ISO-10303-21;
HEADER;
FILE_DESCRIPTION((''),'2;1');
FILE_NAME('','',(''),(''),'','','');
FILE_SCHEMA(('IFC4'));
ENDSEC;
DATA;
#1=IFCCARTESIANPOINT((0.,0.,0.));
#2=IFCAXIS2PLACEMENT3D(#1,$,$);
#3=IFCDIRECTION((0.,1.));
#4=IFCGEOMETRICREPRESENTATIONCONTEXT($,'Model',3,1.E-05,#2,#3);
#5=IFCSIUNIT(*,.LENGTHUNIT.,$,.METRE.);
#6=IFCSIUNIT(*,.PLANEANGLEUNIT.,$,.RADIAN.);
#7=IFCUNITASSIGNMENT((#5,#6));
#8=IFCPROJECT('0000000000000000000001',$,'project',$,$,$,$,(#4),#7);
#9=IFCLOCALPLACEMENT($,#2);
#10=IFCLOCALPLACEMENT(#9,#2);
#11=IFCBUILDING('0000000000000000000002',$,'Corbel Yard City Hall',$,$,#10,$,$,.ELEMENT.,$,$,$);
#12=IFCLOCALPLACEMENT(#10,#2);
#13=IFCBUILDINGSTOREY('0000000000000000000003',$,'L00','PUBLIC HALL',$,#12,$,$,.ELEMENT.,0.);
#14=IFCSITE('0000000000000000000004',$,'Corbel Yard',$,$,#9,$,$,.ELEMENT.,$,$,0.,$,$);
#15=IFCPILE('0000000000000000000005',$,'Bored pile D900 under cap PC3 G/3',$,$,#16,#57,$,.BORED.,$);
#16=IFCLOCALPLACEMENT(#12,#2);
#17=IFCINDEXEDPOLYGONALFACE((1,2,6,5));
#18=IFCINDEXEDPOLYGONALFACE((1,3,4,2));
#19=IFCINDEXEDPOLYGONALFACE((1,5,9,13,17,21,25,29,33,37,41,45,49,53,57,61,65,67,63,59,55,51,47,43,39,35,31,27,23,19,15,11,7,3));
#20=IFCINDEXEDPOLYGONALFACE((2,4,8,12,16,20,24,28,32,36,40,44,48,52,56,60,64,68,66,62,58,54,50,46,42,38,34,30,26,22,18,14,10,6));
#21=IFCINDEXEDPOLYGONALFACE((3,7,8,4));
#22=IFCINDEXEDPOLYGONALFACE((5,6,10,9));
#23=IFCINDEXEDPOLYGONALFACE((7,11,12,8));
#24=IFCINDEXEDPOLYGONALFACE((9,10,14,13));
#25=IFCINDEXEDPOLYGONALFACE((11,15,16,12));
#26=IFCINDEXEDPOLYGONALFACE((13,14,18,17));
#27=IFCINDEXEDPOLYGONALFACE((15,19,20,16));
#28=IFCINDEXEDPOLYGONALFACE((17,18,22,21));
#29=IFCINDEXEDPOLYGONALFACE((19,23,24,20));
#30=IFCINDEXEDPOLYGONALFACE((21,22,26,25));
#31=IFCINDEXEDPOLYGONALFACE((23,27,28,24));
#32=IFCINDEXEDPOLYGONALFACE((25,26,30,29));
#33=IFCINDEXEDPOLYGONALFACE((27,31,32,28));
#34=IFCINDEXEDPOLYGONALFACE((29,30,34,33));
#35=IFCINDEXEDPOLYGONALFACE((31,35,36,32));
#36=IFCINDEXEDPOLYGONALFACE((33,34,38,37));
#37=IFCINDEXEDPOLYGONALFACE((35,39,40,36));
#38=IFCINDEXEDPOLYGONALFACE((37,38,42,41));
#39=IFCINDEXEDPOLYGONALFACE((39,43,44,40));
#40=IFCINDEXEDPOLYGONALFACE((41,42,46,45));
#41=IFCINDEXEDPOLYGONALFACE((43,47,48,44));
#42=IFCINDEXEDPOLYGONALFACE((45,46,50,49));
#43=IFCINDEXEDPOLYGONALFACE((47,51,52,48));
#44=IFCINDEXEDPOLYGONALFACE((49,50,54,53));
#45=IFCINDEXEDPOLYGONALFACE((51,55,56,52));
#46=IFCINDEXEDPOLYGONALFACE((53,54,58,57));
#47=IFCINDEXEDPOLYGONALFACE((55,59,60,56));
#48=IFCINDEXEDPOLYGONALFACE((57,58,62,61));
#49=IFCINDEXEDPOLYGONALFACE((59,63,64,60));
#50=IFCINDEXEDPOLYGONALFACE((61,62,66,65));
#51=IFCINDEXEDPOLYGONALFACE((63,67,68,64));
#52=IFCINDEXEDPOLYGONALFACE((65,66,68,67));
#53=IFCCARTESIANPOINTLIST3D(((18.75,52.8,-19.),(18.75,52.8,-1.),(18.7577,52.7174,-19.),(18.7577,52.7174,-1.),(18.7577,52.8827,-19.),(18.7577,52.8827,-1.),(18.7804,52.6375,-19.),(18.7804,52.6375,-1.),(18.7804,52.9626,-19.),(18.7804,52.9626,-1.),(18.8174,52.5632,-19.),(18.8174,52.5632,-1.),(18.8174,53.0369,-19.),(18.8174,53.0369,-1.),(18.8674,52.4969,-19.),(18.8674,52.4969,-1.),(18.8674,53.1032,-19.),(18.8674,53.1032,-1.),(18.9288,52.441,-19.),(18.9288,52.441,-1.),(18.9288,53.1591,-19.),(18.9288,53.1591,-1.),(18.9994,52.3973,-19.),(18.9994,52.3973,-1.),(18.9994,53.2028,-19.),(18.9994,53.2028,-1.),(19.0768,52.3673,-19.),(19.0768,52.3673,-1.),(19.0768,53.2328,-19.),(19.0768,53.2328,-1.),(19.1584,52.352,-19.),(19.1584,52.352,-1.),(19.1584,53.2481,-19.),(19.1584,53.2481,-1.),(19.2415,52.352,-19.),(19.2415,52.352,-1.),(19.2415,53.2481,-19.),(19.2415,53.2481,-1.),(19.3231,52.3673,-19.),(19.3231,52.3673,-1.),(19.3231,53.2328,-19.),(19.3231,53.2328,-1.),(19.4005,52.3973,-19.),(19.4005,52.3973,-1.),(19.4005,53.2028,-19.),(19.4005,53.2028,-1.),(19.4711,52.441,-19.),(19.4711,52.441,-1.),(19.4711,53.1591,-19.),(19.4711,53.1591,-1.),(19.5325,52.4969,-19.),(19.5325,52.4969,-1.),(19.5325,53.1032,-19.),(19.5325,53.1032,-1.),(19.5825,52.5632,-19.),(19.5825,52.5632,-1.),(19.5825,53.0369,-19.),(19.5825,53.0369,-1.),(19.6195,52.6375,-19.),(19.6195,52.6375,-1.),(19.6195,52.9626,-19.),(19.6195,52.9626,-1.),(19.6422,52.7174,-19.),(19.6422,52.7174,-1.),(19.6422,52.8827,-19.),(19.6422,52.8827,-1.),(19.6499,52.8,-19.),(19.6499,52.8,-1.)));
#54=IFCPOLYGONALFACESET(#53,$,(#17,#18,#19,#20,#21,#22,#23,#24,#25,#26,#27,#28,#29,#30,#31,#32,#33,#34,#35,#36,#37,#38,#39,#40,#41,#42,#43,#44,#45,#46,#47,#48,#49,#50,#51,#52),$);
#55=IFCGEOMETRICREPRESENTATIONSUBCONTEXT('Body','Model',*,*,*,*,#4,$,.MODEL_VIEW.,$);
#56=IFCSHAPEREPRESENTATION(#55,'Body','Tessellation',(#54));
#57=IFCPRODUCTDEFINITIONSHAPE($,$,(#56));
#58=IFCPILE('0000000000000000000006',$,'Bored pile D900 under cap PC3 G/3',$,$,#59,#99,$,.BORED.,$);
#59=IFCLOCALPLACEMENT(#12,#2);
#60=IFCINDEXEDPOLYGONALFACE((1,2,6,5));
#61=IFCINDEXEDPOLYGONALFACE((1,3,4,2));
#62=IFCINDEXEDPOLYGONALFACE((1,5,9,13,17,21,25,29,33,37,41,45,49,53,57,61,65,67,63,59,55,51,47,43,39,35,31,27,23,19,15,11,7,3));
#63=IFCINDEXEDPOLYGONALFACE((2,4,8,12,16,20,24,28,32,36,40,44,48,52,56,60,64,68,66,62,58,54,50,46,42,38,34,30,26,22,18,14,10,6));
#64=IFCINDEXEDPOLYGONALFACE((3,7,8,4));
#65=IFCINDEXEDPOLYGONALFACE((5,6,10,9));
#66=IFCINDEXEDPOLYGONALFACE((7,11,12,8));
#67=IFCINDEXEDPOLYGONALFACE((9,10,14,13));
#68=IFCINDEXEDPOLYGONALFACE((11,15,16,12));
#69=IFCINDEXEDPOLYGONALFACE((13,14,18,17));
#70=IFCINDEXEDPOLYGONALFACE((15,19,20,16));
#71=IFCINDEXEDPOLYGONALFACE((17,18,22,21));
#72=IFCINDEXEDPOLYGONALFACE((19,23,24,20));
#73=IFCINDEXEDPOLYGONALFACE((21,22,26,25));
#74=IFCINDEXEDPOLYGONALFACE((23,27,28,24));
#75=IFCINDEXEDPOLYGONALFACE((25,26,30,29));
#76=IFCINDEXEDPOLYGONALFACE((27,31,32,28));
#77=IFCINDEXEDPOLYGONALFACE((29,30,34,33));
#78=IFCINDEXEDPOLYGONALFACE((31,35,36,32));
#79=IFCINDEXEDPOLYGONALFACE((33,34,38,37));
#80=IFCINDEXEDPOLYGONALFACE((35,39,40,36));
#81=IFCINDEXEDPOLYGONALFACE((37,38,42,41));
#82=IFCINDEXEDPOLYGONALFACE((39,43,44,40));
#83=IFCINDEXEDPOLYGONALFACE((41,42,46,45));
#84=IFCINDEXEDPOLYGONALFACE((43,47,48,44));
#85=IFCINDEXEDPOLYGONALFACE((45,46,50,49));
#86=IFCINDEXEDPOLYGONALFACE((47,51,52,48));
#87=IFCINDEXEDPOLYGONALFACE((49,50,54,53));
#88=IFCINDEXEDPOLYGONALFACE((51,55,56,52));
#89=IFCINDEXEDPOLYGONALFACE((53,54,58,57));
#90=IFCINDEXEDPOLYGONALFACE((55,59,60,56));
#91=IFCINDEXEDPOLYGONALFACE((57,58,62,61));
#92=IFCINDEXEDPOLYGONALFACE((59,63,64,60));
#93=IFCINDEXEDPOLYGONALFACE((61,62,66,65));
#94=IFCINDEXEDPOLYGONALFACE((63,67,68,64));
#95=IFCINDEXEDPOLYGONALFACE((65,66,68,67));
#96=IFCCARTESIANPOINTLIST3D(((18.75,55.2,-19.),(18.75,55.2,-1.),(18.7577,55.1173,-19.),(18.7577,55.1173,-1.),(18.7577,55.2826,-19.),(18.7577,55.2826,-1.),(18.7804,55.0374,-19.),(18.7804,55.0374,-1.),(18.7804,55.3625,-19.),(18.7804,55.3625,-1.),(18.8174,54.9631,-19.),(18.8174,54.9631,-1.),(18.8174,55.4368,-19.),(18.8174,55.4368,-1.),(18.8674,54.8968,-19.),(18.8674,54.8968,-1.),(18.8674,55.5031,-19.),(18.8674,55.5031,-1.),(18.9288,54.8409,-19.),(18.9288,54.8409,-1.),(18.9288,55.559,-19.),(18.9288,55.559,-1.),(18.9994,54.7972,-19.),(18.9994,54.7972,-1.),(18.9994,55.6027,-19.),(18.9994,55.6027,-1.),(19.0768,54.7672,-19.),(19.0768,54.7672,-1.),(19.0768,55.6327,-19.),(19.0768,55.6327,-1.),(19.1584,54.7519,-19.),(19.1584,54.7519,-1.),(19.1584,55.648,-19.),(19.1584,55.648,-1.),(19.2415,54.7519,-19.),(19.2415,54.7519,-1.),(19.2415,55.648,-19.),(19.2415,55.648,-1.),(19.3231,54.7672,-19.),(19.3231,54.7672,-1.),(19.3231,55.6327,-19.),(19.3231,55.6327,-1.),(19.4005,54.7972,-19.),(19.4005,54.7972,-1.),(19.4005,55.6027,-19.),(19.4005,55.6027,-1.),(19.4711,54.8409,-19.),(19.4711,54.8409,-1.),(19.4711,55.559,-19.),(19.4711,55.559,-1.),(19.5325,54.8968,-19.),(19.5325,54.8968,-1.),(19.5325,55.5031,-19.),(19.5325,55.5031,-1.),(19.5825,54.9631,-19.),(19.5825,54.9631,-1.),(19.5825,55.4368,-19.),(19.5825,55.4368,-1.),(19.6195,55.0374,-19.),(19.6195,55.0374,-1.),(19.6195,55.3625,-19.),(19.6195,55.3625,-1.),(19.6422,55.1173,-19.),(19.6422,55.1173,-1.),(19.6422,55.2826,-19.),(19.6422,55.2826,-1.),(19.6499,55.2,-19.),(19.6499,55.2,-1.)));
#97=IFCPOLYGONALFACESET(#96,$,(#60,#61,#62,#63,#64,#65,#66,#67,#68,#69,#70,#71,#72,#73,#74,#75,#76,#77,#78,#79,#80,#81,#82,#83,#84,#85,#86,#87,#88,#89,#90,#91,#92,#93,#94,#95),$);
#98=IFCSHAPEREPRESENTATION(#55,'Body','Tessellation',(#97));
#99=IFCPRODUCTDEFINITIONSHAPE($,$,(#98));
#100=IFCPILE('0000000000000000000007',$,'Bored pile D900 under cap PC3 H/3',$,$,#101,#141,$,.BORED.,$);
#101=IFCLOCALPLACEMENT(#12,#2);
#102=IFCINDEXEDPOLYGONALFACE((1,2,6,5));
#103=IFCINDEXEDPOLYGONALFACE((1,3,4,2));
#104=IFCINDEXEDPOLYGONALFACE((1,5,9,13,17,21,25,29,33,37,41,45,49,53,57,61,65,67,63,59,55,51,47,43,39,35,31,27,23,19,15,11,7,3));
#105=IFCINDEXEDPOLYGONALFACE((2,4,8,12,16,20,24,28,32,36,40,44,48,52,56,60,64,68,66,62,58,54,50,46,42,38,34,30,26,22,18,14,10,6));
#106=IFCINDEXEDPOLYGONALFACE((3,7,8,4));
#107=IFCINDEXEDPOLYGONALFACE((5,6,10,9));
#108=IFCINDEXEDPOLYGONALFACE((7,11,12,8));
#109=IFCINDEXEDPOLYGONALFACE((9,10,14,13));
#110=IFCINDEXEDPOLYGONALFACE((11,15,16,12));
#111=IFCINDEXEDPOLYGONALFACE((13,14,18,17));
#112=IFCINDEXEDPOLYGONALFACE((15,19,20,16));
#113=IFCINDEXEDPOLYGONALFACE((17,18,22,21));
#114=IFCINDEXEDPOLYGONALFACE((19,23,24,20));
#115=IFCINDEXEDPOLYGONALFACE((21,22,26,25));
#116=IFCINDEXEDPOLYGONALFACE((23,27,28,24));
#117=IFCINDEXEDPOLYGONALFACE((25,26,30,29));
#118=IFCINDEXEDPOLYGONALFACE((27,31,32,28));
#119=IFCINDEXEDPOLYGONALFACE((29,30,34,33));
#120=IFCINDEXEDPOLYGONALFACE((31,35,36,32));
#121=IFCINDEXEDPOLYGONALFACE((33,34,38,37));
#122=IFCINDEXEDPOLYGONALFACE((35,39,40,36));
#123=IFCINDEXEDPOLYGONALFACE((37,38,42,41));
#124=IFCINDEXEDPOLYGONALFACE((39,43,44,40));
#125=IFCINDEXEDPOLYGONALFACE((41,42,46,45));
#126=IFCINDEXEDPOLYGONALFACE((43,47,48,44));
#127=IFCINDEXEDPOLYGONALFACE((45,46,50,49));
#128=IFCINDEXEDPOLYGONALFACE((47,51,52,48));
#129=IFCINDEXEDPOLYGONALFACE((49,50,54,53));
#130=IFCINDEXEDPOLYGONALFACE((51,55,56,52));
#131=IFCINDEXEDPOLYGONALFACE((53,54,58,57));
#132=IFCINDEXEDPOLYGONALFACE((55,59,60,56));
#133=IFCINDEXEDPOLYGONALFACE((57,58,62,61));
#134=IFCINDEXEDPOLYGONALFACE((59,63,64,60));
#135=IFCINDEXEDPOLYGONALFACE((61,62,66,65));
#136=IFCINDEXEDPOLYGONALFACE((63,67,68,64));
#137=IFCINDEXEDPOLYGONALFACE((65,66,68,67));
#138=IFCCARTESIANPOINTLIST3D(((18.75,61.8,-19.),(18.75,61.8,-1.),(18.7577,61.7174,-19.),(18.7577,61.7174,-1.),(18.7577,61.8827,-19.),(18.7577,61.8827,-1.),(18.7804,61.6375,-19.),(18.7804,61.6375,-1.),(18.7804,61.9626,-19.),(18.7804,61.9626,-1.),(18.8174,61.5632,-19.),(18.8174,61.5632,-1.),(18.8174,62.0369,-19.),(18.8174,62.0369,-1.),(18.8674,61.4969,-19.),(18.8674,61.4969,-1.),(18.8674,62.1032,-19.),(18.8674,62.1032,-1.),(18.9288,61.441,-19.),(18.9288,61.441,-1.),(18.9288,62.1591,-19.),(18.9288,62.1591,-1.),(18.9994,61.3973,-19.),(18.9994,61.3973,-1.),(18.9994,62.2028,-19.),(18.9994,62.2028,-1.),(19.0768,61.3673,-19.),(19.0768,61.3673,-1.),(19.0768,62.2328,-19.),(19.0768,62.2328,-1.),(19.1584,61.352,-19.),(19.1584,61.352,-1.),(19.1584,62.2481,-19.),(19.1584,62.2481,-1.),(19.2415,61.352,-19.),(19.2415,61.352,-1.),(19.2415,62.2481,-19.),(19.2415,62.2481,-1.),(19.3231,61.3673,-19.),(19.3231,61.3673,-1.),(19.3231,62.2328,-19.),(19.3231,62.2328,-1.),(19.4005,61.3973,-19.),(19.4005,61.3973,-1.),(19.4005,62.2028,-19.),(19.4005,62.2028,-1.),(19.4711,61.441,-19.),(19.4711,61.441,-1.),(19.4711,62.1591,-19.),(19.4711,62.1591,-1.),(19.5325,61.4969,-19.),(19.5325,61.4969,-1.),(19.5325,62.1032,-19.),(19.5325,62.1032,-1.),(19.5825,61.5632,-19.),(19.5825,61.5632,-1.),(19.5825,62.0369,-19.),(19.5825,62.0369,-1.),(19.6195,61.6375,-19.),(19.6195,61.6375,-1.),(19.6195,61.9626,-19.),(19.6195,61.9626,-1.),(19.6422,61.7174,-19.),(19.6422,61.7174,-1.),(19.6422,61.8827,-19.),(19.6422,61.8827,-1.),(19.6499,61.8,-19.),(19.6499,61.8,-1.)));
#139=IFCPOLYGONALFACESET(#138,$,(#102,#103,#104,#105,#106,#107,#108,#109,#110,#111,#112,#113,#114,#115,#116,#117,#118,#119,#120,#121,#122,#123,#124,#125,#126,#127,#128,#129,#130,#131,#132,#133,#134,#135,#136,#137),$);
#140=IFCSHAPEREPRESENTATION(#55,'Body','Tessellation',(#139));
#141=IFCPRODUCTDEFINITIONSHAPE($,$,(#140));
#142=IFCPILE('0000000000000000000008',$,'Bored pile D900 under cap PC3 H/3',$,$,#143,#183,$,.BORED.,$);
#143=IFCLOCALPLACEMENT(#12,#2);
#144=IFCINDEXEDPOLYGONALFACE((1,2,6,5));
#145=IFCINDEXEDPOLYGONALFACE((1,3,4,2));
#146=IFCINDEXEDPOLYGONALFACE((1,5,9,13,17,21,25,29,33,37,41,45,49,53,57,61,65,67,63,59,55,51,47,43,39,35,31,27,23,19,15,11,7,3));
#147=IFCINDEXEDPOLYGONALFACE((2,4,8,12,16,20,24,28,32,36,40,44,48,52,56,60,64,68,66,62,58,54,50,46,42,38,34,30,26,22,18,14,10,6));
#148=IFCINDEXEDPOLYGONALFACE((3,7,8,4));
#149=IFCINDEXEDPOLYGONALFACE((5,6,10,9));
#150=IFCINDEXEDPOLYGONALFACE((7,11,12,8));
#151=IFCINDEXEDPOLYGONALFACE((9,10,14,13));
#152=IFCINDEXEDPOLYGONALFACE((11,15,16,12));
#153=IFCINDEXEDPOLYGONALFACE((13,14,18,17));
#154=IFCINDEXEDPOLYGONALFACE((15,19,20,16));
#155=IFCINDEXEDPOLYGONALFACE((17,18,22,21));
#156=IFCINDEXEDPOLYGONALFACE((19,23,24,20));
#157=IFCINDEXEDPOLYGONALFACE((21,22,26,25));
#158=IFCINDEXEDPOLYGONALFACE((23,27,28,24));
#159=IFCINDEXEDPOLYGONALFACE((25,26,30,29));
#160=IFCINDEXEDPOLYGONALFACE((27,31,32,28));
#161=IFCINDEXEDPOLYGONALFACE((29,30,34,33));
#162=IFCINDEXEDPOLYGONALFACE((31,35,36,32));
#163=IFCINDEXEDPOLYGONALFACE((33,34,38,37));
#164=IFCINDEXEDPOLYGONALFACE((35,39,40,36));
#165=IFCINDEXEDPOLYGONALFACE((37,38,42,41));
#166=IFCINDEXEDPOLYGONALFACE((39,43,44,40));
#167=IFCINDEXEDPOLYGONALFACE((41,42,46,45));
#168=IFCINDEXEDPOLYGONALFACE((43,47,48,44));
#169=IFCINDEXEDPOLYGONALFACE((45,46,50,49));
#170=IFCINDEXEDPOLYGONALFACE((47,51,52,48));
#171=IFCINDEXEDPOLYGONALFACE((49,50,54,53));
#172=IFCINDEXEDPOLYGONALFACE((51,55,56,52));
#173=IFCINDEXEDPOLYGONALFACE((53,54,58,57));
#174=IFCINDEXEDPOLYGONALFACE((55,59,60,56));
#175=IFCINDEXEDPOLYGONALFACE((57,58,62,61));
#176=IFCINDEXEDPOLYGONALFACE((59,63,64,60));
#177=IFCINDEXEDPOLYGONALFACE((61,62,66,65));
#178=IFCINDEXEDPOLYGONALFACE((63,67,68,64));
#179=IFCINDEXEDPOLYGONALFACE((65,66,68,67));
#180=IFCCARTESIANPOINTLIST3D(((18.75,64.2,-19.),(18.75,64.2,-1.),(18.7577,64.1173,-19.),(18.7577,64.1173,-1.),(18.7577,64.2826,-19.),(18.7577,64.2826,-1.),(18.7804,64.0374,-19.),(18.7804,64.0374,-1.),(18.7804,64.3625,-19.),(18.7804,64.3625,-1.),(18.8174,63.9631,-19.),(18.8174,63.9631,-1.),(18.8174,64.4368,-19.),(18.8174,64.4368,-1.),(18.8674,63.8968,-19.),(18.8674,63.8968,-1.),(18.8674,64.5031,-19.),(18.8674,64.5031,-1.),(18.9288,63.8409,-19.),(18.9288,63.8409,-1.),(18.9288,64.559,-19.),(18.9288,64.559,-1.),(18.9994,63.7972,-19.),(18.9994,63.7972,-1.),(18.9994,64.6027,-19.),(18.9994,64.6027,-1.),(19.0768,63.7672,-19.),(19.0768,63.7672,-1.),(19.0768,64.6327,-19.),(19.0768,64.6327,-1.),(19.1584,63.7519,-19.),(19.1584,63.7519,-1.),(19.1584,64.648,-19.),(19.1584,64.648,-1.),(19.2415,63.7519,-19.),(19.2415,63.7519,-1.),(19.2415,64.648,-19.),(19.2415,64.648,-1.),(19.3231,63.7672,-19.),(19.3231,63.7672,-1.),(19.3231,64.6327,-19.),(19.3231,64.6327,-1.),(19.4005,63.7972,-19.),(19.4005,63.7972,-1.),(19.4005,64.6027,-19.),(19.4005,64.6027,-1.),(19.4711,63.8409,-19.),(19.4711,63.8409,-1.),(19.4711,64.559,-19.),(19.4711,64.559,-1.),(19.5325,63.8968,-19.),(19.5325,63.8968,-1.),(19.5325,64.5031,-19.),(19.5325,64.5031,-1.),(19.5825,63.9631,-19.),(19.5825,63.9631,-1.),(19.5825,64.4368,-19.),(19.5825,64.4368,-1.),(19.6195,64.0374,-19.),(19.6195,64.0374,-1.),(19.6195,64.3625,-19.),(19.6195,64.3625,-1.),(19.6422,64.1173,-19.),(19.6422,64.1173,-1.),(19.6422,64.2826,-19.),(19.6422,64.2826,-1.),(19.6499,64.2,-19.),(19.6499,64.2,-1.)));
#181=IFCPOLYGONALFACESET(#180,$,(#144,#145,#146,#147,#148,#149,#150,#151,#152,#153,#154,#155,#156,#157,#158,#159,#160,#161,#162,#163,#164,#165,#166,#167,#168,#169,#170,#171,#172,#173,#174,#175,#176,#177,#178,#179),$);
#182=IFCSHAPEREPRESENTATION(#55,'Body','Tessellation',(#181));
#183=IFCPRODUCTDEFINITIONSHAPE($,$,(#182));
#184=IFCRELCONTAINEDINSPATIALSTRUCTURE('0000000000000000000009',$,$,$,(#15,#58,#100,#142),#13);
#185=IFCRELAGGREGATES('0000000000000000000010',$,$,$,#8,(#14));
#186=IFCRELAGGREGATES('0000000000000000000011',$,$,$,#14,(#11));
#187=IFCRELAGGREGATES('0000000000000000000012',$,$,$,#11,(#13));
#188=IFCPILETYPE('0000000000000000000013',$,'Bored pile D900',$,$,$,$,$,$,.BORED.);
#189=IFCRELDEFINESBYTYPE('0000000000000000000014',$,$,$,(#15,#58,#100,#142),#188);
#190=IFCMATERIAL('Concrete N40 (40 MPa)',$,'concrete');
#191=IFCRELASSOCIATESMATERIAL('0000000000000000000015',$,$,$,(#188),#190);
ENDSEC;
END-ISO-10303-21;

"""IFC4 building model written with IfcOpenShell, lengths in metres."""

from ifc_helpers import new_model, si_unit, direction, frame, origin, origin_2d, place, context, subcontext, project, spatial, circle, extrude, material, material_profile, profile_set, type_object, element, save


model = new_model("IFC4")

# Units and contexts
model_context = context("Model", 3, precision=1e-05, world=origin(), true_north=direction((0.0, 1.0)))
body_context = subcontext(model_context, "Body", "Model", "MODEL_VIEW")
ifc_project = project(units=[si_unit("LENGTHUNIT", "METRE"), si_unit("PLANEANGLEUNIT", "RADIAN")], contexts=[model_context])

# Site, building, storey
site_placement = place(None, origin())
site = spatial("IfcSite", under=ifc_project, at=site_placement, Name="Corbel Yard", CompositionType="ELEMENT", RefElevation=0.0)
building_placement = place(site_placement, origin())
building = spatial("IfcBuilding", under=site, at=building_placement, Name="Corbel Yard City Hall", CompositionType="ELEMENT")
storey_placement = place(building_placement, origin())
storey = spatial("IfcBuildingStorey", under=building, at=storey_placement, Name="L00", Description="PUBLIC HALL", CompositionType="ELEMENT", Elevation=0.0)

# Piles
ifc_material_1 = material(Name="Concrete N40 (40 MPa)", Category="concrete")
ifc_material_profile_1 = material_profile(ifc_material_1, circle(Radius=0.45, at=origin_2d()), Name="D900")
ifc_profile_set_1 = profile_set([ifc_material_profile_1], Name="Concrete N40 (40 MPa)")
pile_type = type_object("IfcPileType", Name="Bored pile D900", PredefinedType="BORED", material=ifc_profile_set_1)
for number, where, z_axis, x_axis, name in (
    (1, (19.2, 52.8, -1.0), (0.0, 0.0, -1.0), (1.0, 0.0, 0.0), "Bored pile D900 under cap PC3 G/3"),
    (2, (19.2, 55.2, -1.0), (0.0, 0.0, -1.0), (1.0, 0.0, 0.0), "Bored pile D900 under cap PC3 G/3"),
    (3, (19.2, 61.8, -1.0), (0.0, 0.0, -1.0), (1.0, 0.0, 0.0), "Bored pile D900 under cap PC3 H/3"),
    (4, (19.2, 64.2, -1.0), (0.0, 0.0, -1.0), (1.0, 0.0, 0.0), "Bored pile D900 under cap PC3 H/3"),
):
    element("IfcPile", number, at=place(storey_placement, frame(where, z_axis=z_axis, x_axis=x_axis)), inside=storey, type_object=pile_type, Name=name, PredefinedType="BORED", context=body_context, shape_type="SweptSolid", body=[
        extrude(circle(Radius=0.45, at=origin_2d()), origin(), (0.0, 0.0, 1.0), 18.0),
    ])

save(model, "model.ifc")
